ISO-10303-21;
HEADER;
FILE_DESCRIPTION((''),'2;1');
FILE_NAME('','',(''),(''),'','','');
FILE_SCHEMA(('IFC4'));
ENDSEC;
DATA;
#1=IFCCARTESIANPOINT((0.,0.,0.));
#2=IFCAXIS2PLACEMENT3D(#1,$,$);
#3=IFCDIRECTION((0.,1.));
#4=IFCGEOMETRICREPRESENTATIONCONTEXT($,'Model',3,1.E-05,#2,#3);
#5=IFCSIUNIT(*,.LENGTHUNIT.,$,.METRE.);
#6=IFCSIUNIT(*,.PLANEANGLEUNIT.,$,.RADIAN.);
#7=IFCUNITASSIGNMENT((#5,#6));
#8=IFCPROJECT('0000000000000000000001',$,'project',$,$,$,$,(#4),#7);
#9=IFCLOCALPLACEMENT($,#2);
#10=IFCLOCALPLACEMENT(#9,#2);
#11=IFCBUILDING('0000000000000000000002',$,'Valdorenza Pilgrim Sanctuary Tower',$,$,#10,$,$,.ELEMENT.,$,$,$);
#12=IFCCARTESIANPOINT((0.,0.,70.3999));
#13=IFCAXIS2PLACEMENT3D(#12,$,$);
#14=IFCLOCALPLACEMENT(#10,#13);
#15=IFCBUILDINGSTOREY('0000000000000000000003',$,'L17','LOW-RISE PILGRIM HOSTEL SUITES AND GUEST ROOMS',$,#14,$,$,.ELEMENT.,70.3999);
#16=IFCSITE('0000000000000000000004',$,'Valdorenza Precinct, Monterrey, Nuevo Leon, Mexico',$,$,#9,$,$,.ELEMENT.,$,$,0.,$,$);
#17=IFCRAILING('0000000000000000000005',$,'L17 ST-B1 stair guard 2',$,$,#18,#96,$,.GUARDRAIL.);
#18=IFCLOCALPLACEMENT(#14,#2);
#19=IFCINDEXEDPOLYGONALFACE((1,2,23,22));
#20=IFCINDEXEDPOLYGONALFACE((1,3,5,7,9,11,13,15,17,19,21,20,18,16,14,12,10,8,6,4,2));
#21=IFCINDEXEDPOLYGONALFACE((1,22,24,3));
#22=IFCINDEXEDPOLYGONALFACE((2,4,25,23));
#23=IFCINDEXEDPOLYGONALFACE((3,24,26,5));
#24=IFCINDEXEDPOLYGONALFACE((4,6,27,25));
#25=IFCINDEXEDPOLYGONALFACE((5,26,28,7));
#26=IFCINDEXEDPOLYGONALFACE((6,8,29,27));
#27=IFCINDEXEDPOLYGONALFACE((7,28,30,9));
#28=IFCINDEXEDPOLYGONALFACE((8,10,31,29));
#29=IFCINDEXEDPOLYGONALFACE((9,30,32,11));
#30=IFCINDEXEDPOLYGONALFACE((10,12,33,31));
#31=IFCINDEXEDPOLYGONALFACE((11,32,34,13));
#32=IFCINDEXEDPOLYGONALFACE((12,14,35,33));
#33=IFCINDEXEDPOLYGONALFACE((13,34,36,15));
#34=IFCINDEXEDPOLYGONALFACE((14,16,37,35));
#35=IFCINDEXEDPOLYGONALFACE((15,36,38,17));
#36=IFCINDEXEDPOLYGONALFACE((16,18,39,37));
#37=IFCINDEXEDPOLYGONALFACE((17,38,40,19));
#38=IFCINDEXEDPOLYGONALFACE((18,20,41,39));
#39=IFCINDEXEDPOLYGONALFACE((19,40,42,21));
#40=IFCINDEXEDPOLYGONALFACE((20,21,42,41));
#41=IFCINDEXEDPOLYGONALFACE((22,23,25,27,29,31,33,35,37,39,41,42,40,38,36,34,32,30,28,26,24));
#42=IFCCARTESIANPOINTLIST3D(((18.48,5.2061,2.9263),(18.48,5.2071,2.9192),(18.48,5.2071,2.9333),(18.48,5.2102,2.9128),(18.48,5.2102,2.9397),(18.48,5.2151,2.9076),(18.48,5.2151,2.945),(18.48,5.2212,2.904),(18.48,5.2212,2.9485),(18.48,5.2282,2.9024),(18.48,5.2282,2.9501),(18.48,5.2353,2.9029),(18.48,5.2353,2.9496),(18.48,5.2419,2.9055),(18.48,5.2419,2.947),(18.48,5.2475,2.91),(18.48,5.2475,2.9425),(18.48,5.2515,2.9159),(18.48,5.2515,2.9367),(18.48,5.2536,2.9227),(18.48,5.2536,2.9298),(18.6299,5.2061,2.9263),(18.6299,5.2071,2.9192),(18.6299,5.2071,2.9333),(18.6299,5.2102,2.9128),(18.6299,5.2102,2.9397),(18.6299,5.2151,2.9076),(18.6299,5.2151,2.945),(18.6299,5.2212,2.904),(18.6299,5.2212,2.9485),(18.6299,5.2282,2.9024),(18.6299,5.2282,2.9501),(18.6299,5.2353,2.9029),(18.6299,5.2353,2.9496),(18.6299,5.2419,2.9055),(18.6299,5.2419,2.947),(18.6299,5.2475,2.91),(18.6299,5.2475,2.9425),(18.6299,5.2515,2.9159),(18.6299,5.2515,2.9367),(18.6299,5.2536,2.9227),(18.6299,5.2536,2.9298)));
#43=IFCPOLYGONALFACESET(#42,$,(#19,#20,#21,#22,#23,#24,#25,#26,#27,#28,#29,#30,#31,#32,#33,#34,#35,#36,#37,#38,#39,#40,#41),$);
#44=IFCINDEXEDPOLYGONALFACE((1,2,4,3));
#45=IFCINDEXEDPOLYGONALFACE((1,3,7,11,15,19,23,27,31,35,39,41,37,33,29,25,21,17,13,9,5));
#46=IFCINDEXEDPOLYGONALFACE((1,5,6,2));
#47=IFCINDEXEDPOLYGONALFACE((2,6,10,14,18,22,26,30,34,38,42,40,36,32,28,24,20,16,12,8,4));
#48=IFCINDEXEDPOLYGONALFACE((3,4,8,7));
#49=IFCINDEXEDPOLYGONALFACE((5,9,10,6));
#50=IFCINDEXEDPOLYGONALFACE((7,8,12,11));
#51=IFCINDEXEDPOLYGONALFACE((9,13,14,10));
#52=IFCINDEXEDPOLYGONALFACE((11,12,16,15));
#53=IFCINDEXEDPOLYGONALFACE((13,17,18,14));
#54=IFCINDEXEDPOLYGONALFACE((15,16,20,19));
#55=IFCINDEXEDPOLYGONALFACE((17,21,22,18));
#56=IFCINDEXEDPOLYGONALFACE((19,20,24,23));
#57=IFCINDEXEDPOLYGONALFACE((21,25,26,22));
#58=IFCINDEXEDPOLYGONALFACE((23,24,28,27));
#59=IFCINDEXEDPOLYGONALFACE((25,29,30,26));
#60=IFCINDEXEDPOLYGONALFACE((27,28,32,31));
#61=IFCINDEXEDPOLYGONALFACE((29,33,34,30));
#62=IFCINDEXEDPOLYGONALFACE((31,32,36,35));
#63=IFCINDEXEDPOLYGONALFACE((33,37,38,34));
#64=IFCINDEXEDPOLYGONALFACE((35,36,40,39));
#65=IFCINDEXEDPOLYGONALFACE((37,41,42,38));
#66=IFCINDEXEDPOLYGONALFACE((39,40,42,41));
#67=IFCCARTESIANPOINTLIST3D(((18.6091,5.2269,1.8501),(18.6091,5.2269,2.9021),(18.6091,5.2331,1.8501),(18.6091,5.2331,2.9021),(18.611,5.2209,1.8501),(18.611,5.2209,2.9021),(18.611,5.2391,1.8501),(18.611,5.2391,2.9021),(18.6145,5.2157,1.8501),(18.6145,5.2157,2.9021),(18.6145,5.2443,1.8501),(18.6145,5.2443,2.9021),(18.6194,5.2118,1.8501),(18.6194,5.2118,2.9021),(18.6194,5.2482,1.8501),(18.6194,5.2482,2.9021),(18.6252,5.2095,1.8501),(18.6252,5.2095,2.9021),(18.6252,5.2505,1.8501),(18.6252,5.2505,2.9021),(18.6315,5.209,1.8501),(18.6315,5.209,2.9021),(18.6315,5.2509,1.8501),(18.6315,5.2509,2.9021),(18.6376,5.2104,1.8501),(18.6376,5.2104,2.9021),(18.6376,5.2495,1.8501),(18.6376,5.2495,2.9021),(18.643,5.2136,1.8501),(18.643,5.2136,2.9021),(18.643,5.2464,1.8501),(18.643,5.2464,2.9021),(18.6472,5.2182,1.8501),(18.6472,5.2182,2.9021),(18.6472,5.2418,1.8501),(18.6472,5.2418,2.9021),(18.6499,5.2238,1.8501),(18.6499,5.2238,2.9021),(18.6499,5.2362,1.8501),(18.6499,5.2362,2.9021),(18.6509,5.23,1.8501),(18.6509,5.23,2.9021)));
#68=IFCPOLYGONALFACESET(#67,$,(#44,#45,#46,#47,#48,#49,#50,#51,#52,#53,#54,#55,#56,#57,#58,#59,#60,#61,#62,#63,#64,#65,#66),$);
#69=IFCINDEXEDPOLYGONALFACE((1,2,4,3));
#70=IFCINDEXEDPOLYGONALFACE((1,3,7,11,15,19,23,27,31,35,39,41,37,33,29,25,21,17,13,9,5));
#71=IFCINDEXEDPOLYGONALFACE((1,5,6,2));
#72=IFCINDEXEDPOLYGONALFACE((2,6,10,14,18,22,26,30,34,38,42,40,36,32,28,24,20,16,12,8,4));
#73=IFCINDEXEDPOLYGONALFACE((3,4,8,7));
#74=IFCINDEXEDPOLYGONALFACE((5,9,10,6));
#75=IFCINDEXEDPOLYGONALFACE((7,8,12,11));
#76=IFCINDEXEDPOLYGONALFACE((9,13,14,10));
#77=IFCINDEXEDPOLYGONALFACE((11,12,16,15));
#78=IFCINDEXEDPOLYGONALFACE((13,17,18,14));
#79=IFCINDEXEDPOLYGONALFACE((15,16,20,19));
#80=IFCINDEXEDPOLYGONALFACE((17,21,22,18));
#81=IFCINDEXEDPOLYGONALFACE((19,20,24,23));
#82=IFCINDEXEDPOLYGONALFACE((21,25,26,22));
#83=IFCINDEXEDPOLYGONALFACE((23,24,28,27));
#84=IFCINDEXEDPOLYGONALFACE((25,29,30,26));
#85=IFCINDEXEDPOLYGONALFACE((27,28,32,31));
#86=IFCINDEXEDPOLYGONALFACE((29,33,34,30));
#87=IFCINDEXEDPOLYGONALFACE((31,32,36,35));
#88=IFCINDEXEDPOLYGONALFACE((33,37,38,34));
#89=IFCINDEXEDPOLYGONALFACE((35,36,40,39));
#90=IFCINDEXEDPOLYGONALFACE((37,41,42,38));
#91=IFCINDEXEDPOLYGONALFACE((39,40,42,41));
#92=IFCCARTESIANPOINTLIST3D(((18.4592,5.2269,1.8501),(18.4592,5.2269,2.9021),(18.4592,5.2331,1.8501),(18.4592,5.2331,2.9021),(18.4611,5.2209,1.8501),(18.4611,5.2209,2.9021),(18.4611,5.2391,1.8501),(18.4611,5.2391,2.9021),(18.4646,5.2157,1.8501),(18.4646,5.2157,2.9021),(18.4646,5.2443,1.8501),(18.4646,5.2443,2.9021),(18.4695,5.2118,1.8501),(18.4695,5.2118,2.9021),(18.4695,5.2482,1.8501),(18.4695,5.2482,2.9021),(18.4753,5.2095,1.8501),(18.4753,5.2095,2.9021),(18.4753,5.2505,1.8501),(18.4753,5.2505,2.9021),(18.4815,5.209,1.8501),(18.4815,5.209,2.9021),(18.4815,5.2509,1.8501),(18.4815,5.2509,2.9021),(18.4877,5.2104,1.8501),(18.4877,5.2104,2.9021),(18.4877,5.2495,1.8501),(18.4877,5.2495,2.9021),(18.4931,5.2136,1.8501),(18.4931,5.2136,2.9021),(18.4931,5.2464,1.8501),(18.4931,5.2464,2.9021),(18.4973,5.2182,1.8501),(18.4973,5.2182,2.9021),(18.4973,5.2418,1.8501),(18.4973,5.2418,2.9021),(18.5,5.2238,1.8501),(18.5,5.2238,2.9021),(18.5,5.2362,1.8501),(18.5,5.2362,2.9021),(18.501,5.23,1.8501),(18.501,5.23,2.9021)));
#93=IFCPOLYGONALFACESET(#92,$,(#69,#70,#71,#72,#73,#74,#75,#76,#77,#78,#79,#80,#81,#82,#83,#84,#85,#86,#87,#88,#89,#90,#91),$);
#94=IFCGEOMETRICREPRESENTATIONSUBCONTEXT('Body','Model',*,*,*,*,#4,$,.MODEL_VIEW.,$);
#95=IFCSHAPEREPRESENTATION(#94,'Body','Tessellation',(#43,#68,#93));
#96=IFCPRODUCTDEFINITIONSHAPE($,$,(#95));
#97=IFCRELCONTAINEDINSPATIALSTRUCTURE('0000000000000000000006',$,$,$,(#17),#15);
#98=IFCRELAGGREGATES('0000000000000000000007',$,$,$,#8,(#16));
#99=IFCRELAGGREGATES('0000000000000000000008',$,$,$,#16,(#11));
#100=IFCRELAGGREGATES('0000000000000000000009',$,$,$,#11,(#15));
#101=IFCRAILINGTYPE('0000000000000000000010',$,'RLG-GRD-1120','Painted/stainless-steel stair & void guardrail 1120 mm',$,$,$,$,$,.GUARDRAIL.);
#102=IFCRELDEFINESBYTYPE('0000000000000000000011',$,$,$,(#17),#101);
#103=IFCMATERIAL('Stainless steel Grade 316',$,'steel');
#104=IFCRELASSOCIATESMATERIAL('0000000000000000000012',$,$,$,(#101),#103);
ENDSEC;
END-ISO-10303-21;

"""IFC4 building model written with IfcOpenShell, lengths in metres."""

from ifc_helpers import new_model, si_unit, direction, frame, origin, origin_2d, place, context, subcontext, project, spatial, circle, extrude, material, type_object, element, save


model = new_model("IFC4")

# Units and contexts
model_context = context("Model", 3, precision=1e-05, world=origin(), true_north=direction((0.0, 1.0)))
body_context = subcontext(model_context, "Body", "Model", "MODEL_VIEW")
ifc_project = project(units=[si_unit("LENGTHUNIT", "METRE"), si_unit("PLANEANGLEUNIT", "RADIAN")], contexts=[model_context])

# Site, building, storey
site_placement = place(None, origin())
site = spatial("IfcSite", under=ifc_project, at=site_placement, Name="Valdorenza Precinct, Monterrey, Nuevo Leon, Mexico", CompositionType="ELEMENT", RefElevation=0.0)
building_placement = place(site_placement, origin())
building = spatial("IfcBuilding", under=site, at=building_placement, Name="Valdorenza Pilgrim Sanctuary Tower", CompositionType="ELEMENT")
storey_placement = place(building_placement, frame((0.0, 0.0, 70.3999)))
storey = spatial("IfcBuildingStorey", under=building, at=storey_placement, Name="L17", Description="LOW-RISE PILGRIM HOSTEL SUITES AND GUEST ROOMS", CompositionType="ELEMENT", Elevation=70.3999)

# Railing
ifc_material_1 = material(Name="Stainless steel Grade 316", Category="steel")
railing_type_1 = type_object("IfcRailingType", Name="RLG-GRD-1120", Description="Painted/stainless-steel stair & void guardrail 1120 mm", PredefinedType="GUARDRAIL", material=ifc_material_1)
railing_1_placement = place(storey_placement, frame((18.6299, 5.23, 1.8501)))
element("IfcRailing", 1, at=railing_1_placement, inside=storey, type_object=railing_type_1, Name="L17 ST-B1 stair guard 2", PredefinedType="GUARDRAIL", context=body_context, shape_type="SweptSolid", body=[
    extrude(circle(Radius=0.0239, at=origin_2d()), frame((0.0, 0.0, 1.0762), z_axis=(-1.0, 0.0, 0.0), x_axis=(0.0, -1.0, 0.0)), (0.0, 0.0, 1.0), 0.1499),
    extrude(circle(Radius=0.021, at=origin_2d()), origin(), (0.0, 0.0, 1.0), 1.052),
    extrude(circle(Radius=0.021, at=origin_2d()), frame((-0.1499, 0.0, 0.0)), (0.0, 0.0, 1.0), 1.052),
])

save(model, "model.ifc")
